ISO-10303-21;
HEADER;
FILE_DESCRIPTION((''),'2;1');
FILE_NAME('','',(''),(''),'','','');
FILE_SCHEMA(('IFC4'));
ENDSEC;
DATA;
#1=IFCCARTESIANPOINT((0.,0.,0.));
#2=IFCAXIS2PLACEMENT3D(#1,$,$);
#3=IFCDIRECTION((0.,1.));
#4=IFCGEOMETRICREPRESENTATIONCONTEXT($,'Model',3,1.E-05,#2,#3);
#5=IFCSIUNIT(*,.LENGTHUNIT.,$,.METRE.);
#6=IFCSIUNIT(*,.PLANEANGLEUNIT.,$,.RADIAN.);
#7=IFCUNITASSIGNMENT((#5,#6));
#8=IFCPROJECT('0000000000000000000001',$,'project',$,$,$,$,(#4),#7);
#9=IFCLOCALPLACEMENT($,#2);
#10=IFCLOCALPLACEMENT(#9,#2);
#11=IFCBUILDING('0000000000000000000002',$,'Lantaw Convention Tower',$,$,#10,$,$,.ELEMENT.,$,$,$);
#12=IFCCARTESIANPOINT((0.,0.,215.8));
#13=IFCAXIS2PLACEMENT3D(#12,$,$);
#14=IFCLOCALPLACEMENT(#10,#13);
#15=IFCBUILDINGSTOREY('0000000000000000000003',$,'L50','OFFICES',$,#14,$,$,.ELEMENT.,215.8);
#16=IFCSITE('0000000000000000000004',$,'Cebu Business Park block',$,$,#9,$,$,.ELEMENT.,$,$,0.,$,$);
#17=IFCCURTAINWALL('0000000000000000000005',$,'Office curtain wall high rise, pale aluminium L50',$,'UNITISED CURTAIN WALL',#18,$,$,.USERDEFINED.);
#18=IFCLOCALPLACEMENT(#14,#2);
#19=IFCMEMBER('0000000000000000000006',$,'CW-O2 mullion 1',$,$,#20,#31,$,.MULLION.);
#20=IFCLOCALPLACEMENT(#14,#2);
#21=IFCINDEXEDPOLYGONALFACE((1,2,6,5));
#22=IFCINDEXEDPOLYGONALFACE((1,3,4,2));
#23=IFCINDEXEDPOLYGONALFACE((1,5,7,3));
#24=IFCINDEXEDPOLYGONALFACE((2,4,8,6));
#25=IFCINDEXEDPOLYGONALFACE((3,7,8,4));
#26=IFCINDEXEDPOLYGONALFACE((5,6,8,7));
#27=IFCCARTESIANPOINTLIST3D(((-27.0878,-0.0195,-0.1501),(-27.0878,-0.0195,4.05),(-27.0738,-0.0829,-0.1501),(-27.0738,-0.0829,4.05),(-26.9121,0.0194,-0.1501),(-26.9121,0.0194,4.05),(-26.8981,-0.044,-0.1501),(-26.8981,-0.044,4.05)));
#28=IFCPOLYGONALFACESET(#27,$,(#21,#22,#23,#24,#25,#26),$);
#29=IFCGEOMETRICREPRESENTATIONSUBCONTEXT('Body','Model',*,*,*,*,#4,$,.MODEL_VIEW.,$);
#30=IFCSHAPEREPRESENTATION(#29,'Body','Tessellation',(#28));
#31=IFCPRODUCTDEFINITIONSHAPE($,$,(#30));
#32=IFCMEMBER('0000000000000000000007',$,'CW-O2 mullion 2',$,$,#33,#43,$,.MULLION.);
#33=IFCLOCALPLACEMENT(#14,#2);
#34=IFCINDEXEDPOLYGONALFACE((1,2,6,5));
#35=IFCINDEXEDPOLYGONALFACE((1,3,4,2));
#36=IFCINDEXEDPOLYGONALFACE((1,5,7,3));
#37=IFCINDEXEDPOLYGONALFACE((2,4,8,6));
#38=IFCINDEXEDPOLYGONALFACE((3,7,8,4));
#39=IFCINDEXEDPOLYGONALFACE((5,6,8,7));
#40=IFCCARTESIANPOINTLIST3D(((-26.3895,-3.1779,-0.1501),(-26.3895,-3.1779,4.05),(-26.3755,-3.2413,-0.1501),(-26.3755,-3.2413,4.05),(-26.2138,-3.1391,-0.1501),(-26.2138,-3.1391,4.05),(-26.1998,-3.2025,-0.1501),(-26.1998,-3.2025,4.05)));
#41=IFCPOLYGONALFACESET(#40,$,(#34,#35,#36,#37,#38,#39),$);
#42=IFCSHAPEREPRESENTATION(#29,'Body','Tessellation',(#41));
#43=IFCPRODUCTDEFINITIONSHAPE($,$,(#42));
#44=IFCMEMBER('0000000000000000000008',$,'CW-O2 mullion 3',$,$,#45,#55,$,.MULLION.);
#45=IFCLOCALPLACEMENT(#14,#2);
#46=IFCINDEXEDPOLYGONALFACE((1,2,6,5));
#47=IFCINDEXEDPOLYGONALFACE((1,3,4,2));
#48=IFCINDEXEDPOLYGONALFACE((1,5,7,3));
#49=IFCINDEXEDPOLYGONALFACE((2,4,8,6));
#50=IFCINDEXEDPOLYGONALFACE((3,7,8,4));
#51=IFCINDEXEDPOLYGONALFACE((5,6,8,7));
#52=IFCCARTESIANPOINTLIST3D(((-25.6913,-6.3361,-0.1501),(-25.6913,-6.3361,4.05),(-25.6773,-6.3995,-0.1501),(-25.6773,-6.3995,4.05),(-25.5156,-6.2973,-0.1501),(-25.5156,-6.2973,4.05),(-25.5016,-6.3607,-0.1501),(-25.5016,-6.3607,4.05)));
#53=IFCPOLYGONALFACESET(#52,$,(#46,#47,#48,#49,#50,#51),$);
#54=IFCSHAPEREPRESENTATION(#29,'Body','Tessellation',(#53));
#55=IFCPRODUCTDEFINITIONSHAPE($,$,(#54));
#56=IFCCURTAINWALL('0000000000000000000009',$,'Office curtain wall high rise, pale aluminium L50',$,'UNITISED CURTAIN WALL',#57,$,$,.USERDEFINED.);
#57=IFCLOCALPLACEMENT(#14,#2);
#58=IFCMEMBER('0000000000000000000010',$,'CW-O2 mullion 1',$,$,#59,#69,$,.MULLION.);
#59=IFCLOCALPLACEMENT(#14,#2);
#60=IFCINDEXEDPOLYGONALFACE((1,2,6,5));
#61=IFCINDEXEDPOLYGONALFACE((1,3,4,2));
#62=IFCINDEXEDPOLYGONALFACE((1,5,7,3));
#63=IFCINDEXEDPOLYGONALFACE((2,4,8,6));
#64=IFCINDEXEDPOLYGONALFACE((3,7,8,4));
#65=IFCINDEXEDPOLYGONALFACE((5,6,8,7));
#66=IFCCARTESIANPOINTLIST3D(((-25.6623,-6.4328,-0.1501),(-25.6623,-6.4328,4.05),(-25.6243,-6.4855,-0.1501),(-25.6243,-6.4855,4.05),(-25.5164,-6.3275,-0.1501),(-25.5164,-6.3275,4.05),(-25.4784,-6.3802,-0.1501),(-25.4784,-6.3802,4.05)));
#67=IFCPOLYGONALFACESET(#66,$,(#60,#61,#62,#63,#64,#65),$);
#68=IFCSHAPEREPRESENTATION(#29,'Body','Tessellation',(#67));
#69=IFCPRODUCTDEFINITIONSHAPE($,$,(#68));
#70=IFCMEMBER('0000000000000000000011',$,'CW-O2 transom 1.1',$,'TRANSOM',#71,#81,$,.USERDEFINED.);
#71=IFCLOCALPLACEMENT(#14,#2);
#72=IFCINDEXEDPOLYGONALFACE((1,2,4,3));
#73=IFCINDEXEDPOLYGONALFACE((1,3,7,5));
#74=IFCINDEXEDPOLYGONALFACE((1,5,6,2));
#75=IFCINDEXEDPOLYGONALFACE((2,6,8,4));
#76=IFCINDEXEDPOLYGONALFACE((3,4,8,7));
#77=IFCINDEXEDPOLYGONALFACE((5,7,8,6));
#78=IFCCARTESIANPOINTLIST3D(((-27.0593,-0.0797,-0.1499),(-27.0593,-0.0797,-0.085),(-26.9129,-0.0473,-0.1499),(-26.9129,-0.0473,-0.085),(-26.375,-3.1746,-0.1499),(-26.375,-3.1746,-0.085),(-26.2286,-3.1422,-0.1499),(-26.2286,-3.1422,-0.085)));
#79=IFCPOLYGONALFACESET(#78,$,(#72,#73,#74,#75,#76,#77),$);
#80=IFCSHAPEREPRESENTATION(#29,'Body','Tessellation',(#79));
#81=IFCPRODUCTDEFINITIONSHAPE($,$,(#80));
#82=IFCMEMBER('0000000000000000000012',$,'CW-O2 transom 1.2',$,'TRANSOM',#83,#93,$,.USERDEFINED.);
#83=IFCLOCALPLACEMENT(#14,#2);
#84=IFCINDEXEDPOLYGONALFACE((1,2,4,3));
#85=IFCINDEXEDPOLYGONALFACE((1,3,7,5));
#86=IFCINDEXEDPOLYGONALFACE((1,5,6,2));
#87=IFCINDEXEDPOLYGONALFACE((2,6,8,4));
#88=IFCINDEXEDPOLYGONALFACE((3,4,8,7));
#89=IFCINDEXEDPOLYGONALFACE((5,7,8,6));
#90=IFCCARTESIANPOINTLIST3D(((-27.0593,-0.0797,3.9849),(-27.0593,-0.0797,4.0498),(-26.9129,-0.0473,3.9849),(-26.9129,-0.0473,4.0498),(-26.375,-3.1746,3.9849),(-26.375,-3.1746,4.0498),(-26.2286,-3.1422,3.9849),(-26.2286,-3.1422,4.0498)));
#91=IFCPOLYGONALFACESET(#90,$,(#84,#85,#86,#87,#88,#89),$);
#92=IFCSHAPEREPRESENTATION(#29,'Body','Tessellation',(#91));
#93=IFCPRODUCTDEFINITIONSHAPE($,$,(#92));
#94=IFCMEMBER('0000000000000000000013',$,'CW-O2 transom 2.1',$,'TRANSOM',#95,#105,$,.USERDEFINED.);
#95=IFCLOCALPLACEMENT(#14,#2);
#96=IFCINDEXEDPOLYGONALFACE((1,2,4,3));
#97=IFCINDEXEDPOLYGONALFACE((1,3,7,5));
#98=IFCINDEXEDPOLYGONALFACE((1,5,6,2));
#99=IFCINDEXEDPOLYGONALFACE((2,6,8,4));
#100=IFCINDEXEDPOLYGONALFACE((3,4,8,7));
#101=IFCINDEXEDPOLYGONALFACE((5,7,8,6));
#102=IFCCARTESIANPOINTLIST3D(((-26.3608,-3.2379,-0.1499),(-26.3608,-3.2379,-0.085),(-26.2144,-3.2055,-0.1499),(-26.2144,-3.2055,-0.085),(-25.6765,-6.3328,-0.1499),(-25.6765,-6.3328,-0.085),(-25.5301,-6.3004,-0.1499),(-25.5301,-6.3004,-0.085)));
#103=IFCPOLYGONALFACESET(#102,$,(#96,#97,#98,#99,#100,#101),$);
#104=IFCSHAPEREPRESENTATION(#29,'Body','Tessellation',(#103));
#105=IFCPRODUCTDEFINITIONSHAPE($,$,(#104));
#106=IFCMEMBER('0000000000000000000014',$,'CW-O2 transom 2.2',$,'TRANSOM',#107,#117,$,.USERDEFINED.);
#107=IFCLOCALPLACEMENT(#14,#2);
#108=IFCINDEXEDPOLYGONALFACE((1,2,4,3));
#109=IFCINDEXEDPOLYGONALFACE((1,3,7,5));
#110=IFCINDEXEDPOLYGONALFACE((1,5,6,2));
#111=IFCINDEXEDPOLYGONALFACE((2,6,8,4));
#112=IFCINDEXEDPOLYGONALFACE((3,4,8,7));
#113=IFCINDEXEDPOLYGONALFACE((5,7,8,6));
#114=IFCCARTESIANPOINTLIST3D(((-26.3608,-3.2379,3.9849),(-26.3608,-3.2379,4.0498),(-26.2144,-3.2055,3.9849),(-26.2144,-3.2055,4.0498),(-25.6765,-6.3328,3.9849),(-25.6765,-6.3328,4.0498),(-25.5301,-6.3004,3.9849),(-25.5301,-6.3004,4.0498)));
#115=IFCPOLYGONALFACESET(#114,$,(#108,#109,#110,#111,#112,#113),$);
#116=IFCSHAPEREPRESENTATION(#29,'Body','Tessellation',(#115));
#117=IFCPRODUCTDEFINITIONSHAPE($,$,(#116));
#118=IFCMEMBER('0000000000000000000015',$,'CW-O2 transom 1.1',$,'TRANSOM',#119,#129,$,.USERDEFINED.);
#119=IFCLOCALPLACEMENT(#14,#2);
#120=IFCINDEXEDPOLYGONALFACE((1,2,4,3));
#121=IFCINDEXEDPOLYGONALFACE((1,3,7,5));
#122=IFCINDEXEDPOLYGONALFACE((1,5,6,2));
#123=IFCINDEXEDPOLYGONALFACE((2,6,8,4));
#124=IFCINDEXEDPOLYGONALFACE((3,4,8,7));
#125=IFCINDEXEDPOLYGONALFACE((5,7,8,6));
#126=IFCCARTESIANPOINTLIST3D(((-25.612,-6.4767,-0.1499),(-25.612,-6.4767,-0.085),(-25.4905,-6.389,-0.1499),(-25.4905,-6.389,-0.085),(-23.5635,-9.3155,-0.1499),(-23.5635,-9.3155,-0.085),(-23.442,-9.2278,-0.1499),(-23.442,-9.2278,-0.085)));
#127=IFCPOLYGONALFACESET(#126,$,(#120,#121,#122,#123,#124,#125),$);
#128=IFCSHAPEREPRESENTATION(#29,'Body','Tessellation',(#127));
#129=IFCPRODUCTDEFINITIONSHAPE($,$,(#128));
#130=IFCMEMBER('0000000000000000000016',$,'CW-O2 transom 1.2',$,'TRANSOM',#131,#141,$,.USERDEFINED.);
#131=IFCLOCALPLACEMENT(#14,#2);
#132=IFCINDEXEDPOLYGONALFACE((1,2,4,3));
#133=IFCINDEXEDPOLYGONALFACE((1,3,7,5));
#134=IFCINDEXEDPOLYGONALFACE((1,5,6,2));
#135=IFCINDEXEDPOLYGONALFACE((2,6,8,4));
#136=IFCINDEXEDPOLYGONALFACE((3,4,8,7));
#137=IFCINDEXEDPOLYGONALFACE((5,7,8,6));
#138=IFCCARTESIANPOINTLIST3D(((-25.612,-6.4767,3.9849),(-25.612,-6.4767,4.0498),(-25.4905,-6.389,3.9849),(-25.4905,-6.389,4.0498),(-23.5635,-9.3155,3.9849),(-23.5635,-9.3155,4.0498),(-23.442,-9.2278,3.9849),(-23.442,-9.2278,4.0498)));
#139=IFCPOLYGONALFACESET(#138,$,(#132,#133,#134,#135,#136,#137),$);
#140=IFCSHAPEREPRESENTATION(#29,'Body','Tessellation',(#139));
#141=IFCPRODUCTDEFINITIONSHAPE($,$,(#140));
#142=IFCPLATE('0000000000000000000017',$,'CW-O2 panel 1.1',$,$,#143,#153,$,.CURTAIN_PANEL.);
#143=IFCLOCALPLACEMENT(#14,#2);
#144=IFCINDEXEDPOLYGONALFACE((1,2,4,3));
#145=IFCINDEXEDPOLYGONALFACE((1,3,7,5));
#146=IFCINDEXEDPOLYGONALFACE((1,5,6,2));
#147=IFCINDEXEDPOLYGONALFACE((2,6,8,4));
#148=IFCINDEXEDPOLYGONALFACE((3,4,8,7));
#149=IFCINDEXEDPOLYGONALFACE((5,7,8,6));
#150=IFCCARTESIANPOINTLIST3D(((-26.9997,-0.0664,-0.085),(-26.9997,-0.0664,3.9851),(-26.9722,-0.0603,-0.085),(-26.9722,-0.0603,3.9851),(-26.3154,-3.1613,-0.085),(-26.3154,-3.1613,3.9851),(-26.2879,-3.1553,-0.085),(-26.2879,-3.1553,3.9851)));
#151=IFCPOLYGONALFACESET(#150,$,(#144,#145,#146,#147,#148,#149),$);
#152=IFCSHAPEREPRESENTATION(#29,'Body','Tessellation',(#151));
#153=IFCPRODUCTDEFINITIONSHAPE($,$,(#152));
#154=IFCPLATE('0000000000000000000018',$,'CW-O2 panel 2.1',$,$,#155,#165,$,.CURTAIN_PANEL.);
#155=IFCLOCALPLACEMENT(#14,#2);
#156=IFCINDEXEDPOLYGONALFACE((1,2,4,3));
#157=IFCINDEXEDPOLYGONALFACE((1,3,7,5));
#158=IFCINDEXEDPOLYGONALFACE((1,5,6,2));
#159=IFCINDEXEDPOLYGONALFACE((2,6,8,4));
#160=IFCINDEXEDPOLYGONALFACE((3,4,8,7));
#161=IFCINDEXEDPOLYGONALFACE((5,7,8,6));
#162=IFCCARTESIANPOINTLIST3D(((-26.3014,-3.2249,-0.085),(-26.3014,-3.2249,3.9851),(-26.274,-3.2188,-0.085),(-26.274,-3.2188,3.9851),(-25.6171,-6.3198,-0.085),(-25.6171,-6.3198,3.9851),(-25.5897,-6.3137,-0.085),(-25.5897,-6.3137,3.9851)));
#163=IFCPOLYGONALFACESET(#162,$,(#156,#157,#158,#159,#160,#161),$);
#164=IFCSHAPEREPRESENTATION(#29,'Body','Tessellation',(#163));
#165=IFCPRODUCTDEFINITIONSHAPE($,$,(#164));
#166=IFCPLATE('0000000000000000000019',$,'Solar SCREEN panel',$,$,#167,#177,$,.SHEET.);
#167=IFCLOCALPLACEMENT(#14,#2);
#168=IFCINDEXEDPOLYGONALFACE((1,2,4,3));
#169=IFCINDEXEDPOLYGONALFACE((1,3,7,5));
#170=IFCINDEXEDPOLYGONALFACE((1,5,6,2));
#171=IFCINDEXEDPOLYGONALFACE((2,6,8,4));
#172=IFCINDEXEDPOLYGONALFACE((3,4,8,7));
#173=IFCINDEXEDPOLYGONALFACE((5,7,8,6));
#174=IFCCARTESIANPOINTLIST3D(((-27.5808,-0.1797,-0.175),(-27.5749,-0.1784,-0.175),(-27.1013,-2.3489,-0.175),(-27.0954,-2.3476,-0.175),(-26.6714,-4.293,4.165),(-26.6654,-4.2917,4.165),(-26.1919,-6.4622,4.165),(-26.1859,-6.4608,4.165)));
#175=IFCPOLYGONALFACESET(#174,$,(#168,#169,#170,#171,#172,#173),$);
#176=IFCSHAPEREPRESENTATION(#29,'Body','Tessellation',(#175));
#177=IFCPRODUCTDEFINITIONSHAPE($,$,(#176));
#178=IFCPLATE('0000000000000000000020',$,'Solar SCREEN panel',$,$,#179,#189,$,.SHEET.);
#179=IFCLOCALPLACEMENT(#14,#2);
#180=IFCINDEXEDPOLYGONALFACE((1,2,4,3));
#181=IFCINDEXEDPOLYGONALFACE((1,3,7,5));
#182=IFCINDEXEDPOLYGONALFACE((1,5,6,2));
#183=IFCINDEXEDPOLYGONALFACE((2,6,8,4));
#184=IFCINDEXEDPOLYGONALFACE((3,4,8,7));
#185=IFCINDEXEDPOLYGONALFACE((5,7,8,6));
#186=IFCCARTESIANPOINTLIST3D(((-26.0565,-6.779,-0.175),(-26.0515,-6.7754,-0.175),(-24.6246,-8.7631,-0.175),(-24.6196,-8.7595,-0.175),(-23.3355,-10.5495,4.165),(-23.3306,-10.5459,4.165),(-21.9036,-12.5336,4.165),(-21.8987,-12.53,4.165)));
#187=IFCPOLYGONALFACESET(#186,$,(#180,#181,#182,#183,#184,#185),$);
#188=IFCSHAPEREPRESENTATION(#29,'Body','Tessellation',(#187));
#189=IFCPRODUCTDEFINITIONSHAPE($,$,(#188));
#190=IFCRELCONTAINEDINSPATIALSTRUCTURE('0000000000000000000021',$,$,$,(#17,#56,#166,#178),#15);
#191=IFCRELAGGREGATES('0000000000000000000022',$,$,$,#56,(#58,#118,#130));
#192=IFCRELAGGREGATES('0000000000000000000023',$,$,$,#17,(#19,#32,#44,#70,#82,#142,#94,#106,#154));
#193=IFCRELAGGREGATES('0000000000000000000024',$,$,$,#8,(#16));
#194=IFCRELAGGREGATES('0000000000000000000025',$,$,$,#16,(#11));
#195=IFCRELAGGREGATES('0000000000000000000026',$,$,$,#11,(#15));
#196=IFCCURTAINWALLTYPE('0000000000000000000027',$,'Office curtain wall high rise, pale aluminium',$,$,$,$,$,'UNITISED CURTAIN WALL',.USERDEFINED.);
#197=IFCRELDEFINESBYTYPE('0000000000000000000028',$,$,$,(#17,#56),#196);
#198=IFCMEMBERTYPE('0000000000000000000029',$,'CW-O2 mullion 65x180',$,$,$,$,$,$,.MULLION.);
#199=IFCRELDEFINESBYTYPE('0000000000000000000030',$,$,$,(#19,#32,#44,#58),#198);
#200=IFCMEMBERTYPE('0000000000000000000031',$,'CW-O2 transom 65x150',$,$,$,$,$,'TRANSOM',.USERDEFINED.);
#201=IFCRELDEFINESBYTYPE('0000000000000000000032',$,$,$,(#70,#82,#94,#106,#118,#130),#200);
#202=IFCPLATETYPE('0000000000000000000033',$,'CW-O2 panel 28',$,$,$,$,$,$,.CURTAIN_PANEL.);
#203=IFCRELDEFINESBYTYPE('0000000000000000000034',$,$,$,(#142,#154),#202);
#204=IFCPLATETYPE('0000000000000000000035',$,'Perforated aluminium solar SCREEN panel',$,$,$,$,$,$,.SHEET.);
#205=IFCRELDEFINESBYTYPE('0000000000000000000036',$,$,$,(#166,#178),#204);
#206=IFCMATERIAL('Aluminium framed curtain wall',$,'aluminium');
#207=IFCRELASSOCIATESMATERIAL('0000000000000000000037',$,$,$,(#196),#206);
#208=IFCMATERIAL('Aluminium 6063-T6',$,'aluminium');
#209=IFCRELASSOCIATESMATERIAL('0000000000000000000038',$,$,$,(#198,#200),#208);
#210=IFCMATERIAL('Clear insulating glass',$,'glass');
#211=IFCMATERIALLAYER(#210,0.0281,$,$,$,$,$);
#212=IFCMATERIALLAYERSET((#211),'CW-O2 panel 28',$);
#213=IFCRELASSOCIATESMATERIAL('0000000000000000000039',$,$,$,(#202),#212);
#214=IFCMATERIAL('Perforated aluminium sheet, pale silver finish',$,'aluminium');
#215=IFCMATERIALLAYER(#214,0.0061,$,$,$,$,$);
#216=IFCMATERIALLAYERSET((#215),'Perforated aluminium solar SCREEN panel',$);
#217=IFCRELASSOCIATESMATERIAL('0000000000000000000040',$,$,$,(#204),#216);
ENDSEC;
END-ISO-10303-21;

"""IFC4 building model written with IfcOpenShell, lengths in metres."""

from ifc_helpers import new_model, si_unit, direction, frame, origin, origin_2d, place, context, subcontext, project, spatial, polyline, rectangle, outline, extrude, material, layer, layer_set, material_profile, profile_set, type_object, element, aggregate, save


model = new_model("IFC4")

# Units and contexts
model_context = context("Model", 3, precision=1e-05, world=origin(), true_north=direction((0.0, 1.0)))
body_context = subcontext(model_context, "Body", "Model", "MODEL_VIEW")
ifc_project = project(units=[si_unit("LENGTHUNIT", "METRE"), si_unit("PLANEANGLEUNIT", "RADIAN")], contexts=[model_context])

# Site, building, storey
site_placement = place(None, origin())
site = spatial("IfcSite", under=ifc_project, at=site_placement, Name="Cebu Business Park block", CompositionType="ELEMENT", RefElevation=0.0)
building_placement = place(site_placement, origin())
building = spatial("IfcBuilding", under=site, at=building_placement, Name="Lantaw Convention Tower", CompositionType="ELEMENT")
storey_placement = place(building_placement, frame((0.0, 0.0, 215.8)))
storey = spatial("IfcBuildingStorey", under=building, at=storey_placement, Name="L50", Description="OFFICES", CompositionType="ELEMENT", Elevation=215.8)

# Curtain wall, members
ifc_material_1 = material(Name="Aluminium framed curtain wall", Category="aluminium")
curtain_wall_type = type_object("IfcCurtainWallType", Name="Office curtain wall high rise, pale aluminium", ElementType="UNITISED CURTAIN WALL", PredefinedType="USERDEFINED", material=ifc_material_1)
curtain_wall_1_placement = place(storey_placement, origin())
curtain_wall_1 = element("IfcCurtainWall", 1, at=curtain_wall_1_placement, inside=storey, type_object=curtain_wall_type, Name="Office curtain wall high rise, pale aluminium L50", ObjectType="UNITISED CURTAIN WALL", PredefinedType="USERDEFINED")
ifc_material_2 = material(Name="Aluminium 6063-T6", Category="aluminium")
ifc_material_profile_1 = material_profile(ifc_material_2, rectangle(XDim=0.1799, YDim=0.0649, at=origin_2d()), Name="CW-O2 mullion 65x180")
ifc_profile_set_1 = profile_set([ifc_material_profile_1], Name="Aluminium 6063-T6")
member_type_1 = type_object("IfcMemberType", Name="CW-O2 mullion 65x180", PredefinedType="MULLION", material=ifc_profile_set_1)
member_1_placement = place(storey_placement, frame((-26.9929, -0.0317, -0.1501), z_axis=(0.0, 0.0, 1.0), x_axis=(0.976417, 0.215891, 0.0)))
member_1 = element("IfcMember", 2, at=member_1_placement, type_object=member_type_1, Name="CW-O2 mullion 1", PredefinedType="MULLION", context=body_context, shape_type="SweptSolid", body=[
    extrude(rectangle(XDim=0.1799, YDim=0.0649, at=origin_2d()), origin(), (0.0, 0.0, 1.0), 4.2002),
])
member_2_placement = place(storey_placement, frame((-26.2947, -3.1902, -0.1501), z_axis=(0.0, 0.0, 1.0), x_axis=(0.976417, 0.215891, 0.0)))
member_2 = element("IfcMember", 3, at=member_2_placement, type_object=member_type_1, Name="CW-O2 mullion 2", PredefinedType="MULLION", context=body_context, shape_type="SweptSolid", body=[
    extrude(rectangle(XDim=0.1799, YDim=0.0649, at=origin_2d()), origin(), (0.0, 0.0, 1.0), 4.2002),
])
member_3_placement = place(storey_placement, frame((-25.5964, -6.3484, -0.1501), z_axis=(0.0, 0.0, 1.0), x_axis=(0.976417, 0.215891, 0.0)))
member_3 = element("IfcMember", 4, at=member_3_placement, type_object=member_type_1, Name="CW-O2 mullion 3", PredefinedType="MULLION", context=body_context, shape_type="SweptSolid", body=[
    extrude(rectangle(XDim=0.1799, YDim=0.0649, at=origin_2d()), origin(), (0.0, 0.0, 1.0), 4.2002),
])

# Curtain wall, member
curtain_wall_2_placement = place(storey_placement, origin())
curtain_wall_2 = element("IfcCurtainWall", 5, at=curtain_wall_2_placement, inside=storey, type_object=curtain_wall_type, Name="Office curtain wall high rise, pale aluminium L50", ObjectType="UNITISED CURTAIN WALL", PredefinedType="USERDEFINED")
member_4_placement = place(storey_placement, frame((-25.5703, -6.4065, -0.1501), z_axis=(0.0, 0.0, 1.0), x_axis=(0.81092, 0.585158, 0.0)))
member_4 = element("IfcMember", 6, at=member_4_placement, type_object=member_type_1, Name="CW-O2 mullion 1", PredefinedType="MULLION", context=body_context, shape_type="SweptSolid", body=[
    extrude(rectangle(XDim=0.1799, YDim=0.0649, at=origin_2d()), origin(), (0.0, 0.0, 1.0), 4.2002),
])

# Members
ifc_material_profile_2 = material_profile(ifc_material_2, rectangle(XDim=0.1499, YDim=0.0649, at=origin_2d()), Name="CW-O2 transom 65x150")
ifc_profile_set_2 = profile_set([ifc_material_profile_2], Name="Aluminium 6063-T6")
member_type_2 = type_object("IfcMemberType", Name="CW-O2 transom 65x150", ElementType="TRANSOM", PredefinedType="USERDEFINED", material=ifc_profile_set_2)
member_5_placement = place(storey_placement, frame((-26.9861, -0.0635, -0.1174), z_axis=(0.215895, -0.976417, 0.0), x_axis=(0.976417, 0.215895, 0.0)))
member_5 = element("IfcMember", 7, at=member_5_placement, type_object=member_type_2, Name="CW-O2 transom 1.1", ObjectType="TRANSOM", PredefinedType="USERDEFINED", context=body_context, shape_type="SweptSolid", body=[
    extrude(rectangle(XDim=0.1499, YDim=0.0649, at=origin_2d()), origin(), (0.0, 0.0, 1.0), 3.1697),
])
member_6_placement = place(storey_placement, frame((-26.9861, -0.0635, 4.0173), z_axis=(0.215895, -0.976417, 0.0), x_axis=(0.976417, 0.215895, 0.0)))
member_6 = element("IfcMember", 8, at=member_6_placement, type_object=member_type_2, Name="CW-O2 transom 1.2", ObjectType="TRANSOM", PredefinedType="USERDEFINED", context=body_context, shape_type="SweptSolid", body=[
    extrude(rectangle(XDim=0.1499, YDim=0.0649, at=origin_2d()), origin(), (0.0, 0.0, 1.0), 3.1697),
])
member_7_placement = place(storey_placement, frame((-26.2876, -3.2217, -0.1174), z_axis=(0.215895, -0.976417, 0.0), x_axis=(0.976417, 0.215895, 0.0)))
member_7 = element("IfcMember", 9, at=member_7_placement, type_object=member_type_2, Name="CW-O2 transom 2.1", ObjectType="TRANSOM", PredefinedType="USERDEFINED", context=body_context, shape_type="SweptSolid", body=[
    extrude(rectangle(XDim=0.1499, YDim=0.0649, at=origin_2d()), origin(), (0.0, 0.0, 1.0), 3.1697),
])
member_8_placement = place(storey_placement, frame((-26.2876, -3.2217, 4.0173), z_axis=(0.215895, -0.976417, 0.0), x_axis=(0.976417, 0.215895, 0.0)))
member_8 = element("IfcMember", 10, at=member_8_placement, type_object=member_type_2, Name="CW-O2 transom 2.2", ObjectType="TRANSOM", PredefinedType="USERDEFINED", context=body_context, shape_type="SweptSolid", body=[
    extrude(rectangle(XDim=0.1499, YDim=0.0649, at=origin_2d()), origin(), (0.0, 0.0, 1.0), 3.1697),
])
member_9_placement = place(storey_placement, frame((-25.5513, -6.4329, -0.1174), z_axis=(0.58517, -0.810911, 0.0), x_axis=(0.810911, 0.58517, 0.0)))
member_9 = element("IfcMember", 11, at=member_9_placement, type_object=member_type_2, Name="CW-O2 transom 1.1", ObjectType="TRANSOM", PredefinedType="USERDEFINED", context=body_context, shape_type="SweptSolid", body=[
    extrude(rectangle(XDim=0.1499, YDim=0.0649, at=origin_2d()), origin(), (0.0, 0.0, 1.0), 3.5007),
])
member_10_placement = place(storey_placement, frame((-25.5513, -6.4329, 4.0173), z_axis=(0.58517, -0.810911, 0.0), x_axis=(0.810911, 0.58517, 0.0)))
member_10 = element("IfcMember", 12, at=member_10_placement, type_object=member_type_2, Name="CW-O2 transom 1.2", ObjectType="TRANSOM", PredefinedType="USERDEFINED", context=body_context, shape_type="SweptSolid", body=[
    extrude(rectangle(XDim=0.1499, YDim=0.0649, at=origin_2d()), origin(), (0.0, 0.0, 1.0), 3.5007),
])
aggregate(curtain_wall_2, [member_4, member_9, member_10])

# Plates
ifc_material_3 = material(Name="Clear insulating glass", Category="glass")
ifc_layer_1 = layer(ifc_material_3, 0.0281)
ifc_layer_set_1 = layer_set([ifc_layer_1], Name="CW-O2 panel 28")
plate_type_1 = type_object("IfcPlateType", Name="CW-O2 panel 28", PredefinedType="CURTAIN_PANEL", material=ifc_layer_set_1)
plate_1_placement = place(storey_placement, frame((-26.6438, -1.6108, -0.085), z_axis=(0.0, 0.0, 1.0), x_axis=(0.215891, -0.976417, 0.0)))
plate_1 = element("IfcPlate", 13, at=plate_1_placement, type_object=plate_type_1, Name="CW-O2 panel 1.1", PredefinedType="CURTAIN_PANEL", context=body_context, shape_type="SweptSolid", body=[
    extrude(rectangle(XDim=3.1697, YDim=0.0281, at=origin_2d()), origin(), (0.0, 0.0, 1.0), 4.0701),
])
plate_2_placement = place(storey_placement, frame((-25.9456, -4.7693, -0.085), z_axis=(0.0, 0.0, 1.0), x_axis=(0.215891, -0.976417, 0.0)))
plate_2 = element("IfcPlate", 14, at=plate_2_placement, type_object=plate_type_1, Name="CW-O2 panel 2.1", PredefinedType="CURTAIN_PANEL", context=body_context, shape_type="SweptSolid", body=[
    extrude(rectangle(XDim=3.1697, YDim=0.0281, at=origin_2d()), origin(), (0.0, 0.0, 1.0), 4.0701),
])
aggregate(curtain_wall_1, [member_1, member_2, member_3, member_5, member_6, plate_1, member_7, member_8, plate_2])

# Plates
ifc_material_4 = material(Name="Perforated aluminium sheet, pale silver finish", Category="aluminium")
ifc_layer_2 = layer(ifc_material_4, 0.0061)
ifc_layer_set_2 = layer_set([ifc_layer_2], Name="Perforated aluminium solar SCREEN panel")
plate_type_2 = type_object("IfcPlateType", Name="Perforated aluminium solar SCREEN panel", PredefinedType="SHEET", material=ifc_layer_set_2)
plate_3_placement = place(storey_placement, frame((-27.5808, -0.1797, -0.175), z_axis=(-0.97643, -0.215837, 0.000044), x_axis=(0.215837, -0.97643, 0.0)))
element("IfcPlate", 15, at=plate_3_placement, inside=storey, type_object=plate_type_2, Name="Solar SCREEN panel", PredefinedType="SHEET", context=body_context, shape_type="SweptSolid", body=[
    extrude(outline(polyline([(0.0, 0.0), (2.2216, 0.0), (6.4342, 4.3401), (4.2126, 4.3401), (0.0, 0.0)])), origin(), (0.0, 0.0, -1.0), 0.0061),
])
plate_4_placement = place(storey_placement, frame((-26.0515, -6.7754, -0.175), z_axis=(0.810892, 0.585195, 0.00002), x_axis=(0.585195, -0.810892, 0.0)))
element("IfcPlate", 16, at=plate_4_placement, inside=storey, type_object=plate_type_2, Name="Solar SCREEN panel", PredefinedType="SHEET", context=body_context, shape_type="SweptSolid", body=[
    extrude(outline(polyline([(0.0, 0.0), (2.4468, 0.0), (7.0966, -4.3401), (4.6498, -4.3401), (0.0, 0.0)])), origin(), (0.0, 0.0, -1.0), 0.0061),
])

save(model, "model.ifc")
